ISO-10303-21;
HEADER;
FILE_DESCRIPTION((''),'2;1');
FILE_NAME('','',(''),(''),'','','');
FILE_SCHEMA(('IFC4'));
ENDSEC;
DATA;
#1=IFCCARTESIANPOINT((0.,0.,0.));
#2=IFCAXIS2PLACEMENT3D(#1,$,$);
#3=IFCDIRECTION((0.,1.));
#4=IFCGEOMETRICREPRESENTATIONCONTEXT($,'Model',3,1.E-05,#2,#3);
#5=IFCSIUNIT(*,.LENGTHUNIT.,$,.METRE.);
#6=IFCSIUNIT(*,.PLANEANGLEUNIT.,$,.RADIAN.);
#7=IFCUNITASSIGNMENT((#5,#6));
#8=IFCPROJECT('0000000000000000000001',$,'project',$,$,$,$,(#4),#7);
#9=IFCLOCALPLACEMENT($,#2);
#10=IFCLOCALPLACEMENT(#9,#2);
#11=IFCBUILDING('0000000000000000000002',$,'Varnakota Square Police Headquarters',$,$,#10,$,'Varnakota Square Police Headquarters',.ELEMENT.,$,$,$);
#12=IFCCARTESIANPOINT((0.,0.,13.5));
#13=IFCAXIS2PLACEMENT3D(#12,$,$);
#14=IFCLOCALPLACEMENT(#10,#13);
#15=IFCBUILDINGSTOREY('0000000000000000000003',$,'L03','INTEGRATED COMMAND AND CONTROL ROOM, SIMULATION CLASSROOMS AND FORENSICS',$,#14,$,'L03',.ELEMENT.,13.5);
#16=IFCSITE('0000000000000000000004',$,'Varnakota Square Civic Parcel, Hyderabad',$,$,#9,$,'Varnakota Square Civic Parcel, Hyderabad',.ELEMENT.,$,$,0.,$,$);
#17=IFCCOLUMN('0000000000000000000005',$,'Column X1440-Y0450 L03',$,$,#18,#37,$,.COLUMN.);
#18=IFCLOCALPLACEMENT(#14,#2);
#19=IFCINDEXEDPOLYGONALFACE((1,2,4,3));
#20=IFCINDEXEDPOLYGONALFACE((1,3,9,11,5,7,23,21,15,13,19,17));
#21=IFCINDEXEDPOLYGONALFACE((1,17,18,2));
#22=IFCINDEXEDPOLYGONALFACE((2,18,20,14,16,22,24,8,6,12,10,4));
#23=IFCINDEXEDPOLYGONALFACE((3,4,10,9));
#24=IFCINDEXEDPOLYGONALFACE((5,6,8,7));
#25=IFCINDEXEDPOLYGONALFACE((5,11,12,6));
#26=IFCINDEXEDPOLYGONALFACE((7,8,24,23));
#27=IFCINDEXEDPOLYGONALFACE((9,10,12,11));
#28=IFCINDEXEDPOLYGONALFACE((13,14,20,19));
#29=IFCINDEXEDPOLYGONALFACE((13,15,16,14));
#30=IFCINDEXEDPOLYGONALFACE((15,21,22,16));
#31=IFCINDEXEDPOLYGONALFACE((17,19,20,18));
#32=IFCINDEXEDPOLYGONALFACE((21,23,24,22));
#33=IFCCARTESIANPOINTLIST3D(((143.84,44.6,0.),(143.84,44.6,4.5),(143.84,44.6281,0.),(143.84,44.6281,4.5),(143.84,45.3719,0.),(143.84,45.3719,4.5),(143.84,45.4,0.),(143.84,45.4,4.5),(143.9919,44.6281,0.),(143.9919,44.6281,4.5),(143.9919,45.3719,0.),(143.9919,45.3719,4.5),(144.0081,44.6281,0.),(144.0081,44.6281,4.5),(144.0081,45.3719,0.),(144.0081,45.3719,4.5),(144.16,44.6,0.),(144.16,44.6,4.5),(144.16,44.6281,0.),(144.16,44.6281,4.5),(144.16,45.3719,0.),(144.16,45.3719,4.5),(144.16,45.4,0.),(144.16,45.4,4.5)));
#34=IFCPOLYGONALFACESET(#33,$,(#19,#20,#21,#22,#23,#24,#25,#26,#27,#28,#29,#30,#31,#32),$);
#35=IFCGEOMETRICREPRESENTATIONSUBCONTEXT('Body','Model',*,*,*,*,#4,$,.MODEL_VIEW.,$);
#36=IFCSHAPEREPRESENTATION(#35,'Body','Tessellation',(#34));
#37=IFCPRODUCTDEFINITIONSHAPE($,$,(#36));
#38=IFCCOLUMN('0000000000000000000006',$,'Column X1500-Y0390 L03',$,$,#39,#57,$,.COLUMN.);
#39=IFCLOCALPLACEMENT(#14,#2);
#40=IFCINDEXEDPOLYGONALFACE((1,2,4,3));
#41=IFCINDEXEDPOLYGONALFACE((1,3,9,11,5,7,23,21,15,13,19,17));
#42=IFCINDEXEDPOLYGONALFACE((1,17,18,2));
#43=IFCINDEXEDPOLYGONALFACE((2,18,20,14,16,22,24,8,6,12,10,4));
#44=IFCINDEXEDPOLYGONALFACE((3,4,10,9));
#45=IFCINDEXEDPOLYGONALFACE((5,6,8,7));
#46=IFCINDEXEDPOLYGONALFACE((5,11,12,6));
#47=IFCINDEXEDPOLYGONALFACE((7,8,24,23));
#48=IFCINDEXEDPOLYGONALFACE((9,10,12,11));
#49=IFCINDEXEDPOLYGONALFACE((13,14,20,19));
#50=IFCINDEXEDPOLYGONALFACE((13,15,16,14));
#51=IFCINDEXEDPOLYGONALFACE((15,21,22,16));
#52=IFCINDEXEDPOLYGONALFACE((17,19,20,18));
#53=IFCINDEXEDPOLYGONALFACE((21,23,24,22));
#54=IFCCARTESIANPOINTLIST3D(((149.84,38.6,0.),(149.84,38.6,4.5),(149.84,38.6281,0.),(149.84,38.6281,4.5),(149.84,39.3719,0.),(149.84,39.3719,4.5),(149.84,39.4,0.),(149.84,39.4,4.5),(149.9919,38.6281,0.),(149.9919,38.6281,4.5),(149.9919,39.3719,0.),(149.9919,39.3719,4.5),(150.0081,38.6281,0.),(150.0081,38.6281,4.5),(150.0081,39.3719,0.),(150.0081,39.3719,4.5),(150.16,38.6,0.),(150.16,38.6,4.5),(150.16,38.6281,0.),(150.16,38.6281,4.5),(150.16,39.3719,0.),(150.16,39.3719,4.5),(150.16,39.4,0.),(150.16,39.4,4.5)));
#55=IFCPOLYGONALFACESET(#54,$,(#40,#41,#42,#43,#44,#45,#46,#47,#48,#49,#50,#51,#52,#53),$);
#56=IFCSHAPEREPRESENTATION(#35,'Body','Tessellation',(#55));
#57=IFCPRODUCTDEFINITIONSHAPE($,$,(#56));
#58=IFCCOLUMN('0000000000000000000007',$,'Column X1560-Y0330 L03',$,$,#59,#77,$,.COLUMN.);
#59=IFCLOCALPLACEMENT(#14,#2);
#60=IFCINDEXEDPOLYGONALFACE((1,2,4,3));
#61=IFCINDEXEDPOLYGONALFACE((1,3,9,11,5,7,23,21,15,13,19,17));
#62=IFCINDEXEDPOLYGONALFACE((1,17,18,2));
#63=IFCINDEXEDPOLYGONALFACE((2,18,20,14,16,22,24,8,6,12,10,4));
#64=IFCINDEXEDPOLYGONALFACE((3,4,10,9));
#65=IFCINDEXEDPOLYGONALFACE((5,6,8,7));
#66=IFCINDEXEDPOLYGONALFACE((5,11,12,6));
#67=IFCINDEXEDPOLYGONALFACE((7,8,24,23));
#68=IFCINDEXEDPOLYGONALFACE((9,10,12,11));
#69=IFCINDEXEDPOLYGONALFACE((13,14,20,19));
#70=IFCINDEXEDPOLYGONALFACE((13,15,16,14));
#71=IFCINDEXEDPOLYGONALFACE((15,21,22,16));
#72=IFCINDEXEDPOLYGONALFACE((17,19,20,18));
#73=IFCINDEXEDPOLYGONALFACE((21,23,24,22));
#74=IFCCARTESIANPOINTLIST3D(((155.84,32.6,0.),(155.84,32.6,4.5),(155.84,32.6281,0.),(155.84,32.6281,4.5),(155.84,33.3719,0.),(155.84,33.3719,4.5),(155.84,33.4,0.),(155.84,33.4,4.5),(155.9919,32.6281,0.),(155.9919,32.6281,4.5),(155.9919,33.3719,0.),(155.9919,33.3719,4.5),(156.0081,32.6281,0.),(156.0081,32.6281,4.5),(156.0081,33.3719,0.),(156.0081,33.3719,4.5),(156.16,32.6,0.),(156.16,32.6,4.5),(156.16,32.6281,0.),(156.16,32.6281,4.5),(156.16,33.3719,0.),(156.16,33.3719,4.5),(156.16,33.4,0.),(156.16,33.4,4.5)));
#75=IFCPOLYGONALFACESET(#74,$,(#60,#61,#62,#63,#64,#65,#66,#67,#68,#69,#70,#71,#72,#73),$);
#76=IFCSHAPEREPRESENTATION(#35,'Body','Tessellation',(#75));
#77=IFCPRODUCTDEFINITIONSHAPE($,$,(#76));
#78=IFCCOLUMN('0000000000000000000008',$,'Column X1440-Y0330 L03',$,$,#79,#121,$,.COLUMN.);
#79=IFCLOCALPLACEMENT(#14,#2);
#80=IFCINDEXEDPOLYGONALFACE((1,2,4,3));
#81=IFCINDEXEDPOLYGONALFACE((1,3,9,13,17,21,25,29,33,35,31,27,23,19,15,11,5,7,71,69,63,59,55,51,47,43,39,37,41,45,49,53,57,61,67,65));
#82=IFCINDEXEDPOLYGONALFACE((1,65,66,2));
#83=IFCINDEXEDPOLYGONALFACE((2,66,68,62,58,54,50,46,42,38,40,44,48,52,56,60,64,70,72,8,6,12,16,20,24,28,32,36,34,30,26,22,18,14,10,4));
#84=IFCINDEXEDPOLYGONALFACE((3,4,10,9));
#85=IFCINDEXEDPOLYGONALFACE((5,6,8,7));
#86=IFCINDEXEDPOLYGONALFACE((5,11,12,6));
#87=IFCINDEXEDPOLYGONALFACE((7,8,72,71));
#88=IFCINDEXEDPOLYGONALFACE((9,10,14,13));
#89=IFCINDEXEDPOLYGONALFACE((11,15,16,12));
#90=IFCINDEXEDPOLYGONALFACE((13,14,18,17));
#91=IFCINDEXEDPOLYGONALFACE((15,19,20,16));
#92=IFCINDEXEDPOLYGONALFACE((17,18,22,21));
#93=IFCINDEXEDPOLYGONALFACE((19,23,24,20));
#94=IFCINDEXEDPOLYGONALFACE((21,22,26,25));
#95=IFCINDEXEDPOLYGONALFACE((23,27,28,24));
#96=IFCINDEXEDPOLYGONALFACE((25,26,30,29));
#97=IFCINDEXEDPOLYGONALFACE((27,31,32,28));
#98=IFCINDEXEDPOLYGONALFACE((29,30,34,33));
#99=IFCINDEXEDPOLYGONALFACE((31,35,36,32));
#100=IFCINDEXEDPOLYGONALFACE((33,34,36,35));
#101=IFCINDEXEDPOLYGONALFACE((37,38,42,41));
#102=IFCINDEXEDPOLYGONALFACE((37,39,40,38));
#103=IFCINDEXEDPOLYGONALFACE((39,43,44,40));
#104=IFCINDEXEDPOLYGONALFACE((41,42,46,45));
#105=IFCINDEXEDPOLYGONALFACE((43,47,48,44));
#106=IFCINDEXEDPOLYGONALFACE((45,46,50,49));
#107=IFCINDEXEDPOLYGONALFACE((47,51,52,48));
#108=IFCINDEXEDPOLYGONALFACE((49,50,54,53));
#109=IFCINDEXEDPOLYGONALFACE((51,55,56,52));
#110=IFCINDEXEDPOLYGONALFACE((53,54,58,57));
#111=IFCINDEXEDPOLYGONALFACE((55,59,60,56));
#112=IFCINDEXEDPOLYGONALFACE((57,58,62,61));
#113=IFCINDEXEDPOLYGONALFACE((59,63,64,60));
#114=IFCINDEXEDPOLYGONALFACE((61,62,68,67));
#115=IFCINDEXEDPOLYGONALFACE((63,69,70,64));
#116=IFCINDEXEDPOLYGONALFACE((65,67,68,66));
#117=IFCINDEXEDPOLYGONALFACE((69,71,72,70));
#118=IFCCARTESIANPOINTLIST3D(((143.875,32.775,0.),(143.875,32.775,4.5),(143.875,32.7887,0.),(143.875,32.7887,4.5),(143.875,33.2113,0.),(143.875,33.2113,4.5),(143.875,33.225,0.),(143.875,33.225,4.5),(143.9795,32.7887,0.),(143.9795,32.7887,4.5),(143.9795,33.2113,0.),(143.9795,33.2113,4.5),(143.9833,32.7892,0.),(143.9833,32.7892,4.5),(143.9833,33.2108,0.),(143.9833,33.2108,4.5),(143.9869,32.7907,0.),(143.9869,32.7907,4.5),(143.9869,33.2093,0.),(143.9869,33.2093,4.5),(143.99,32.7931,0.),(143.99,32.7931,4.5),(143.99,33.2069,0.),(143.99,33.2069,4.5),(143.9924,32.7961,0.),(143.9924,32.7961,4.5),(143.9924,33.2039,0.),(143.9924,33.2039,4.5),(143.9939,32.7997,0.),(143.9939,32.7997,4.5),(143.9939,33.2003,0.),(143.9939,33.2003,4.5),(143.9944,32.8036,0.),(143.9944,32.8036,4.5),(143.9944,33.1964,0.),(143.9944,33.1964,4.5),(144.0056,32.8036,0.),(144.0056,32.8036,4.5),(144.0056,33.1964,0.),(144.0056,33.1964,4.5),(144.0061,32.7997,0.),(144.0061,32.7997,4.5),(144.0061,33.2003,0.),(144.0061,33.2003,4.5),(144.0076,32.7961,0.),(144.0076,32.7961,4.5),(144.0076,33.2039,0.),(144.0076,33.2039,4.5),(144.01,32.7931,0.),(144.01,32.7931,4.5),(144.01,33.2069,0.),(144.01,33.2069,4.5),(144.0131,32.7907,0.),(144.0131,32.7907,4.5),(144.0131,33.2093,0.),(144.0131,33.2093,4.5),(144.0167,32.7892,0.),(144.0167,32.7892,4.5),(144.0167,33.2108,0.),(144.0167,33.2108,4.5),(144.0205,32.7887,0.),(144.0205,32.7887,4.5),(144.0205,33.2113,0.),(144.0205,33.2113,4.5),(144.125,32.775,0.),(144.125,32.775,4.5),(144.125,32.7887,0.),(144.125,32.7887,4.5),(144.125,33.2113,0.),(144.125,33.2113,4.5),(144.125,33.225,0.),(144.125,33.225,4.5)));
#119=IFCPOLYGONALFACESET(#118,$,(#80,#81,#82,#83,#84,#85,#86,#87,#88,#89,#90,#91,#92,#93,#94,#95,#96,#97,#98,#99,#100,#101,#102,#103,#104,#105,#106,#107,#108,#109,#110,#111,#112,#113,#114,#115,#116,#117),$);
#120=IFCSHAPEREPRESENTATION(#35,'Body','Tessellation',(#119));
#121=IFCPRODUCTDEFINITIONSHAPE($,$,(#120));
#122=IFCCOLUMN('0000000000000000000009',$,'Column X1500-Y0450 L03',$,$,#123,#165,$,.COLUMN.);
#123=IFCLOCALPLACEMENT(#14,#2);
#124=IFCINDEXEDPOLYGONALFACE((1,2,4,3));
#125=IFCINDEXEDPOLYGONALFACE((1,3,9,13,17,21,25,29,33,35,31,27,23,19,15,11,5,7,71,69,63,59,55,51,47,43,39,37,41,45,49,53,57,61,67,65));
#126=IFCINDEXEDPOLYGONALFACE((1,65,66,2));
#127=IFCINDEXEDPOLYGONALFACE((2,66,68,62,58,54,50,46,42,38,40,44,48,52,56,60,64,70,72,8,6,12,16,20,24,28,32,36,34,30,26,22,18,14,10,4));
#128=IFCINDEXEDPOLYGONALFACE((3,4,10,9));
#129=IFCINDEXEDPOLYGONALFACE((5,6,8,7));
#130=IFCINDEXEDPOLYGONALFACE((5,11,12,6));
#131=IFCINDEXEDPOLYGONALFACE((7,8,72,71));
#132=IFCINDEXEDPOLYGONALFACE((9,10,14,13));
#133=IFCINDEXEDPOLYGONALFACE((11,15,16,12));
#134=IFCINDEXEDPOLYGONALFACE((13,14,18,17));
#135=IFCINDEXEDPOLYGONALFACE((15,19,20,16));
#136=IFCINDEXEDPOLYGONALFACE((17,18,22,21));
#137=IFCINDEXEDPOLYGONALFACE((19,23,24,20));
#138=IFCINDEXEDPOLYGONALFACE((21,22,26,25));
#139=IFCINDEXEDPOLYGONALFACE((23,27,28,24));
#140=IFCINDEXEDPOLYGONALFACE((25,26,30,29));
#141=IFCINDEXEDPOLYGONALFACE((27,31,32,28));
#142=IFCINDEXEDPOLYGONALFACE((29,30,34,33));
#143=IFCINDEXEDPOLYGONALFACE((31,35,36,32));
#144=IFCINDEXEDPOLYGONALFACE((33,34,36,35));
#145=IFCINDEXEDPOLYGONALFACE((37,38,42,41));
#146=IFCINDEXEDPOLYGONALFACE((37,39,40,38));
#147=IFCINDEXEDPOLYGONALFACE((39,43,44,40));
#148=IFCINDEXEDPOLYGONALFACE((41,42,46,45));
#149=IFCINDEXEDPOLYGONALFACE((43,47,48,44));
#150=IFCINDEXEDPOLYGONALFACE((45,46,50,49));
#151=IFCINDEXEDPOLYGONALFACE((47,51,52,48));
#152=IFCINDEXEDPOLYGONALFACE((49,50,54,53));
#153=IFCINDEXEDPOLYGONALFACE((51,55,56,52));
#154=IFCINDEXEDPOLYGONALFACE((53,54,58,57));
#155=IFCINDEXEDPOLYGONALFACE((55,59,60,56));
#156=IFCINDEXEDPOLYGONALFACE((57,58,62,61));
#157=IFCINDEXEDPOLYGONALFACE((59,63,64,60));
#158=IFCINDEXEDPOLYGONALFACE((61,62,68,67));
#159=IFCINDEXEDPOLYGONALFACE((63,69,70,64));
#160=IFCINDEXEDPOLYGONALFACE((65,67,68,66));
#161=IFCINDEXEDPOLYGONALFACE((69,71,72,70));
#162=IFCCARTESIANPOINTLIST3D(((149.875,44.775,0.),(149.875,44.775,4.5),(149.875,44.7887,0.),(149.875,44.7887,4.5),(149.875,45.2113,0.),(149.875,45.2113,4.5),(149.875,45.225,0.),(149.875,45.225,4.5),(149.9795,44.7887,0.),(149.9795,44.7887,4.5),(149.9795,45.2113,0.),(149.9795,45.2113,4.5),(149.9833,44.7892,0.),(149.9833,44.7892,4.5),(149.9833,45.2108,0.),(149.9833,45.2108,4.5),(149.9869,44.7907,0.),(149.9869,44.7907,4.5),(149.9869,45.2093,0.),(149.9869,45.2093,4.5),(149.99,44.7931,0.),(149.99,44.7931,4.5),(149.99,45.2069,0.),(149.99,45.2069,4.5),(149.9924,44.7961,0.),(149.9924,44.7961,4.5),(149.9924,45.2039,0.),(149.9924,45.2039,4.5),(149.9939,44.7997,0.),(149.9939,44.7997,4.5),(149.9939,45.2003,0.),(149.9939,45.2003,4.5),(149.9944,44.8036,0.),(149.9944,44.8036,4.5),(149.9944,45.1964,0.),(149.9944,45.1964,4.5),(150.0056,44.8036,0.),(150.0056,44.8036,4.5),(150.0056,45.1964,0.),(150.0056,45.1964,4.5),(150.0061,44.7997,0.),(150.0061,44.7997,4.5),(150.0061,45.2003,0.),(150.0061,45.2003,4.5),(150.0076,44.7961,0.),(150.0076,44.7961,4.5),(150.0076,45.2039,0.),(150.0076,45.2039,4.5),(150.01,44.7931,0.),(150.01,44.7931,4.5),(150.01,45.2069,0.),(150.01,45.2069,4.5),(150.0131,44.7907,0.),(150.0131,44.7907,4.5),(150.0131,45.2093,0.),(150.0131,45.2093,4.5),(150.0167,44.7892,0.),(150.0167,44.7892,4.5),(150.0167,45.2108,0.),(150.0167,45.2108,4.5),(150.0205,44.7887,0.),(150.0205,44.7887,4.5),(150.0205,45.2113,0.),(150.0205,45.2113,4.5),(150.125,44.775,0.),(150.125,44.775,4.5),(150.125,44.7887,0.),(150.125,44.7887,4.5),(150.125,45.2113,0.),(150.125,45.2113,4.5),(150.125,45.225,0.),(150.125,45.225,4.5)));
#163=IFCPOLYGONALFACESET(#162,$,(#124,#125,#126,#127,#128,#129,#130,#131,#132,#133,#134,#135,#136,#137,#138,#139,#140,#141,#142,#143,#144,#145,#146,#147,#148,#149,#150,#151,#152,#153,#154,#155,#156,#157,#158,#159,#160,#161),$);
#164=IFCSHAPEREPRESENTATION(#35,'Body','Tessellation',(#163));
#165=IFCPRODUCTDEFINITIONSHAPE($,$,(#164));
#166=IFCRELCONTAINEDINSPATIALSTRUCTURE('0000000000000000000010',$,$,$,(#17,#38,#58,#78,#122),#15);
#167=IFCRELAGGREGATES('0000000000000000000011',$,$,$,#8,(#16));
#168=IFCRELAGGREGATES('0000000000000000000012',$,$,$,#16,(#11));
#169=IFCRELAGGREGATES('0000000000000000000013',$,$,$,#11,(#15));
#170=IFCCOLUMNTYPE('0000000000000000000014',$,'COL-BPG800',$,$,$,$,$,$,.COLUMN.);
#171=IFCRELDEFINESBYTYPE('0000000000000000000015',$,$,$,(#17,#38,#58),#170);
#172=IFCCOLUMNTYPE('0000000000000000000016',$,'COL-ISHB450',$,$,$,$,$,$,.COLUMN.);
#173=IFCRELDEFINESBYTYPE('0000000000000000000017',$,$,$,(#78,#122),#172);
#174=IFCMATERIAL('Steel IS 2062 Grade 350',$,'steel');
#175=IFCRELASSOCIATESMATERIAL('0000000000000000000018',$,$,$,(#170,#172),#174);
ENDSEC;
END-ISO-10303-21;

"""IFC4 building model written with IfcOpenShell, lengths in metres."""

from ifc_helpers import new_model, si_unit, direction, frame, origin, origin_2d, place, context, subcontext, project, spatial, i_section, extrude, material, material_profile, profile_set, type_object, element, save


model = new_model("IFC4")

# Units and contexts
model_context = context("Model", 3, precision=1e-05, world=origin(), true_north=direction((0.0, 1.0)))
body_context = subcontext(model_context, "Body", "Model", "MODEL_VIEW")
ifc_project = project(units=[si_unit("LENGTHUNIT", "METRE"), si_unit("PLANEANGLEUNIT", "RADIAN")], contexts=[model_context])

# Site, building, storey
site_placement = place(None, origin())
site = spatial("IfcSite", under=ifc_project, at=site_placement, Name="Varnakota Square Civic Parcel, Hyderabad", LongName="Varnakota Square Civic Parcel, Hyderabad", CompositionType="ELEMENT", RefElevation=0.0)
building_placement = place(site_placement, origin())
building = spatial("IfcBuilding", under=site, at=building_placement, Name="Varnakota Square Police Headquarters", LongName="Varnakota Square Police Headquarters", CompositionType="ELEMENT")
storey_placement = place(building_placement, frame((0.0, 0.0, 13.5)))
storey = spatial("IfcBuildingStorey", under=building, at=storey_placement, Name="L03", Description="INTEGRATED COMMAND AND CONTROL ROOM, SIMULATION CLASSROOMS AND FORENSICS", LongName="L03", CompositionType="ELEMENT", Elevation=13.5)

# Columns
ifc_material_1 = material(Name="Steel IS 2062 Grade 350", Category="steel")
ifc_material_profile_1 = material_profile(ifc_material_1, i_section(OverallWidth=0.3201, OverallDepth=0.8, WebThickness=0.0161, FlangeThickness=0.0281, at=origin_2d()), Name="BPG 800x320")
ifc_profile_set_1 = profile_set([ifc_material_profile_1], Name="Steel IS 2062 Grade 350")
column_type_1 = type_object("IfcColumnType", Name="COL-BPG800", PredefinedType="COLUMN", material=ifc_profile_set_1)
for number, where, z_axis, x_axis, name in (
    (1, (144.0, 45.0, 0.0), (0.0, 0.0, 1.0), (1.0, 0.0, 0.0), "Column X1440-Y0450 L03"),
    (2, (150.0, 39.0, 0.0), (0.0, 0.0, 1.0), (1.0, 0.0, 0.0), "Column X1500-Y0390 L03"),
    (3, (156.0, 33.0, 0.0), (0.0, 0.0, 1.0), (1.0, 0.0, 0.0), "Column X1560-Y0330 L03"),
):
    element("IfcColumn", number, at=place(storey_placement, frame(where, z_axis=z_axis, x_axis=x_axis)), inside=storey, type_object=column_type_1, Name=name, PredefinedType="COLUMN", context=body_context, shape_type="SweptSolid", body=[
        extrude(i_section(OverallWidth=0.3201, OverallDepth=0.8, WebThickness=0.0161, FlangeThickness=0.0281, at=origin_2d()), origin(), (0.0, 0.0, 1.0), 4.5),
    ])
ifc_material_profile_2 = material_profile(ifc_material_1, i_section(OverallWidth=0.25, OverallDepth=0.45, WebThickness=0.0112, FlangeThickness=0.0137, FilletRadius=0.0149, at=origin_2d()), Name="ISHB 450")
ifc_profile_set_2 = profile_set([ifc_material_profile_2], Name="Steel IS 2062 Grade 350")
column_type_2 = type_object("IfcColumnType", Name="COL-ISHB450", PredefinedType="COLUMN", material=ifc_profile_set_2)
for number, where, z_axis, x_axis, name in (
    (4, (144.0, 33.0, 0.0), (0.0, 0.0, 1.0), (1.0, 0.0, 0.0), "Column X1440-Y0330 L03"),
    (5, (150.0, 45.0, 0.0), (0.0, 0.0, 1.0), (1.0, 0.0, 0.0), "Column X1500-Y0450 L03"),
):
    element("IfcColumn", number, at=place(storey_placement, frame(where, z_axis=z_axis, x_axis=x_axis)), inside=storey, type_object=column_type_2, Name=name, PredefinedType="COLUMN", context=body_context, shape_type="SweptSolid", body=[
        extrude(i_section(OverallWidth=0.25, OverallDepth=0.45, WebThickness=0.0112, FlangeThickness=0.0137, FilletRadius=0.0149, at=origin_2d()), origin(), (0.0, 0.0, 1.0), 4.5),
    ])

save(model, "model.ifc")
